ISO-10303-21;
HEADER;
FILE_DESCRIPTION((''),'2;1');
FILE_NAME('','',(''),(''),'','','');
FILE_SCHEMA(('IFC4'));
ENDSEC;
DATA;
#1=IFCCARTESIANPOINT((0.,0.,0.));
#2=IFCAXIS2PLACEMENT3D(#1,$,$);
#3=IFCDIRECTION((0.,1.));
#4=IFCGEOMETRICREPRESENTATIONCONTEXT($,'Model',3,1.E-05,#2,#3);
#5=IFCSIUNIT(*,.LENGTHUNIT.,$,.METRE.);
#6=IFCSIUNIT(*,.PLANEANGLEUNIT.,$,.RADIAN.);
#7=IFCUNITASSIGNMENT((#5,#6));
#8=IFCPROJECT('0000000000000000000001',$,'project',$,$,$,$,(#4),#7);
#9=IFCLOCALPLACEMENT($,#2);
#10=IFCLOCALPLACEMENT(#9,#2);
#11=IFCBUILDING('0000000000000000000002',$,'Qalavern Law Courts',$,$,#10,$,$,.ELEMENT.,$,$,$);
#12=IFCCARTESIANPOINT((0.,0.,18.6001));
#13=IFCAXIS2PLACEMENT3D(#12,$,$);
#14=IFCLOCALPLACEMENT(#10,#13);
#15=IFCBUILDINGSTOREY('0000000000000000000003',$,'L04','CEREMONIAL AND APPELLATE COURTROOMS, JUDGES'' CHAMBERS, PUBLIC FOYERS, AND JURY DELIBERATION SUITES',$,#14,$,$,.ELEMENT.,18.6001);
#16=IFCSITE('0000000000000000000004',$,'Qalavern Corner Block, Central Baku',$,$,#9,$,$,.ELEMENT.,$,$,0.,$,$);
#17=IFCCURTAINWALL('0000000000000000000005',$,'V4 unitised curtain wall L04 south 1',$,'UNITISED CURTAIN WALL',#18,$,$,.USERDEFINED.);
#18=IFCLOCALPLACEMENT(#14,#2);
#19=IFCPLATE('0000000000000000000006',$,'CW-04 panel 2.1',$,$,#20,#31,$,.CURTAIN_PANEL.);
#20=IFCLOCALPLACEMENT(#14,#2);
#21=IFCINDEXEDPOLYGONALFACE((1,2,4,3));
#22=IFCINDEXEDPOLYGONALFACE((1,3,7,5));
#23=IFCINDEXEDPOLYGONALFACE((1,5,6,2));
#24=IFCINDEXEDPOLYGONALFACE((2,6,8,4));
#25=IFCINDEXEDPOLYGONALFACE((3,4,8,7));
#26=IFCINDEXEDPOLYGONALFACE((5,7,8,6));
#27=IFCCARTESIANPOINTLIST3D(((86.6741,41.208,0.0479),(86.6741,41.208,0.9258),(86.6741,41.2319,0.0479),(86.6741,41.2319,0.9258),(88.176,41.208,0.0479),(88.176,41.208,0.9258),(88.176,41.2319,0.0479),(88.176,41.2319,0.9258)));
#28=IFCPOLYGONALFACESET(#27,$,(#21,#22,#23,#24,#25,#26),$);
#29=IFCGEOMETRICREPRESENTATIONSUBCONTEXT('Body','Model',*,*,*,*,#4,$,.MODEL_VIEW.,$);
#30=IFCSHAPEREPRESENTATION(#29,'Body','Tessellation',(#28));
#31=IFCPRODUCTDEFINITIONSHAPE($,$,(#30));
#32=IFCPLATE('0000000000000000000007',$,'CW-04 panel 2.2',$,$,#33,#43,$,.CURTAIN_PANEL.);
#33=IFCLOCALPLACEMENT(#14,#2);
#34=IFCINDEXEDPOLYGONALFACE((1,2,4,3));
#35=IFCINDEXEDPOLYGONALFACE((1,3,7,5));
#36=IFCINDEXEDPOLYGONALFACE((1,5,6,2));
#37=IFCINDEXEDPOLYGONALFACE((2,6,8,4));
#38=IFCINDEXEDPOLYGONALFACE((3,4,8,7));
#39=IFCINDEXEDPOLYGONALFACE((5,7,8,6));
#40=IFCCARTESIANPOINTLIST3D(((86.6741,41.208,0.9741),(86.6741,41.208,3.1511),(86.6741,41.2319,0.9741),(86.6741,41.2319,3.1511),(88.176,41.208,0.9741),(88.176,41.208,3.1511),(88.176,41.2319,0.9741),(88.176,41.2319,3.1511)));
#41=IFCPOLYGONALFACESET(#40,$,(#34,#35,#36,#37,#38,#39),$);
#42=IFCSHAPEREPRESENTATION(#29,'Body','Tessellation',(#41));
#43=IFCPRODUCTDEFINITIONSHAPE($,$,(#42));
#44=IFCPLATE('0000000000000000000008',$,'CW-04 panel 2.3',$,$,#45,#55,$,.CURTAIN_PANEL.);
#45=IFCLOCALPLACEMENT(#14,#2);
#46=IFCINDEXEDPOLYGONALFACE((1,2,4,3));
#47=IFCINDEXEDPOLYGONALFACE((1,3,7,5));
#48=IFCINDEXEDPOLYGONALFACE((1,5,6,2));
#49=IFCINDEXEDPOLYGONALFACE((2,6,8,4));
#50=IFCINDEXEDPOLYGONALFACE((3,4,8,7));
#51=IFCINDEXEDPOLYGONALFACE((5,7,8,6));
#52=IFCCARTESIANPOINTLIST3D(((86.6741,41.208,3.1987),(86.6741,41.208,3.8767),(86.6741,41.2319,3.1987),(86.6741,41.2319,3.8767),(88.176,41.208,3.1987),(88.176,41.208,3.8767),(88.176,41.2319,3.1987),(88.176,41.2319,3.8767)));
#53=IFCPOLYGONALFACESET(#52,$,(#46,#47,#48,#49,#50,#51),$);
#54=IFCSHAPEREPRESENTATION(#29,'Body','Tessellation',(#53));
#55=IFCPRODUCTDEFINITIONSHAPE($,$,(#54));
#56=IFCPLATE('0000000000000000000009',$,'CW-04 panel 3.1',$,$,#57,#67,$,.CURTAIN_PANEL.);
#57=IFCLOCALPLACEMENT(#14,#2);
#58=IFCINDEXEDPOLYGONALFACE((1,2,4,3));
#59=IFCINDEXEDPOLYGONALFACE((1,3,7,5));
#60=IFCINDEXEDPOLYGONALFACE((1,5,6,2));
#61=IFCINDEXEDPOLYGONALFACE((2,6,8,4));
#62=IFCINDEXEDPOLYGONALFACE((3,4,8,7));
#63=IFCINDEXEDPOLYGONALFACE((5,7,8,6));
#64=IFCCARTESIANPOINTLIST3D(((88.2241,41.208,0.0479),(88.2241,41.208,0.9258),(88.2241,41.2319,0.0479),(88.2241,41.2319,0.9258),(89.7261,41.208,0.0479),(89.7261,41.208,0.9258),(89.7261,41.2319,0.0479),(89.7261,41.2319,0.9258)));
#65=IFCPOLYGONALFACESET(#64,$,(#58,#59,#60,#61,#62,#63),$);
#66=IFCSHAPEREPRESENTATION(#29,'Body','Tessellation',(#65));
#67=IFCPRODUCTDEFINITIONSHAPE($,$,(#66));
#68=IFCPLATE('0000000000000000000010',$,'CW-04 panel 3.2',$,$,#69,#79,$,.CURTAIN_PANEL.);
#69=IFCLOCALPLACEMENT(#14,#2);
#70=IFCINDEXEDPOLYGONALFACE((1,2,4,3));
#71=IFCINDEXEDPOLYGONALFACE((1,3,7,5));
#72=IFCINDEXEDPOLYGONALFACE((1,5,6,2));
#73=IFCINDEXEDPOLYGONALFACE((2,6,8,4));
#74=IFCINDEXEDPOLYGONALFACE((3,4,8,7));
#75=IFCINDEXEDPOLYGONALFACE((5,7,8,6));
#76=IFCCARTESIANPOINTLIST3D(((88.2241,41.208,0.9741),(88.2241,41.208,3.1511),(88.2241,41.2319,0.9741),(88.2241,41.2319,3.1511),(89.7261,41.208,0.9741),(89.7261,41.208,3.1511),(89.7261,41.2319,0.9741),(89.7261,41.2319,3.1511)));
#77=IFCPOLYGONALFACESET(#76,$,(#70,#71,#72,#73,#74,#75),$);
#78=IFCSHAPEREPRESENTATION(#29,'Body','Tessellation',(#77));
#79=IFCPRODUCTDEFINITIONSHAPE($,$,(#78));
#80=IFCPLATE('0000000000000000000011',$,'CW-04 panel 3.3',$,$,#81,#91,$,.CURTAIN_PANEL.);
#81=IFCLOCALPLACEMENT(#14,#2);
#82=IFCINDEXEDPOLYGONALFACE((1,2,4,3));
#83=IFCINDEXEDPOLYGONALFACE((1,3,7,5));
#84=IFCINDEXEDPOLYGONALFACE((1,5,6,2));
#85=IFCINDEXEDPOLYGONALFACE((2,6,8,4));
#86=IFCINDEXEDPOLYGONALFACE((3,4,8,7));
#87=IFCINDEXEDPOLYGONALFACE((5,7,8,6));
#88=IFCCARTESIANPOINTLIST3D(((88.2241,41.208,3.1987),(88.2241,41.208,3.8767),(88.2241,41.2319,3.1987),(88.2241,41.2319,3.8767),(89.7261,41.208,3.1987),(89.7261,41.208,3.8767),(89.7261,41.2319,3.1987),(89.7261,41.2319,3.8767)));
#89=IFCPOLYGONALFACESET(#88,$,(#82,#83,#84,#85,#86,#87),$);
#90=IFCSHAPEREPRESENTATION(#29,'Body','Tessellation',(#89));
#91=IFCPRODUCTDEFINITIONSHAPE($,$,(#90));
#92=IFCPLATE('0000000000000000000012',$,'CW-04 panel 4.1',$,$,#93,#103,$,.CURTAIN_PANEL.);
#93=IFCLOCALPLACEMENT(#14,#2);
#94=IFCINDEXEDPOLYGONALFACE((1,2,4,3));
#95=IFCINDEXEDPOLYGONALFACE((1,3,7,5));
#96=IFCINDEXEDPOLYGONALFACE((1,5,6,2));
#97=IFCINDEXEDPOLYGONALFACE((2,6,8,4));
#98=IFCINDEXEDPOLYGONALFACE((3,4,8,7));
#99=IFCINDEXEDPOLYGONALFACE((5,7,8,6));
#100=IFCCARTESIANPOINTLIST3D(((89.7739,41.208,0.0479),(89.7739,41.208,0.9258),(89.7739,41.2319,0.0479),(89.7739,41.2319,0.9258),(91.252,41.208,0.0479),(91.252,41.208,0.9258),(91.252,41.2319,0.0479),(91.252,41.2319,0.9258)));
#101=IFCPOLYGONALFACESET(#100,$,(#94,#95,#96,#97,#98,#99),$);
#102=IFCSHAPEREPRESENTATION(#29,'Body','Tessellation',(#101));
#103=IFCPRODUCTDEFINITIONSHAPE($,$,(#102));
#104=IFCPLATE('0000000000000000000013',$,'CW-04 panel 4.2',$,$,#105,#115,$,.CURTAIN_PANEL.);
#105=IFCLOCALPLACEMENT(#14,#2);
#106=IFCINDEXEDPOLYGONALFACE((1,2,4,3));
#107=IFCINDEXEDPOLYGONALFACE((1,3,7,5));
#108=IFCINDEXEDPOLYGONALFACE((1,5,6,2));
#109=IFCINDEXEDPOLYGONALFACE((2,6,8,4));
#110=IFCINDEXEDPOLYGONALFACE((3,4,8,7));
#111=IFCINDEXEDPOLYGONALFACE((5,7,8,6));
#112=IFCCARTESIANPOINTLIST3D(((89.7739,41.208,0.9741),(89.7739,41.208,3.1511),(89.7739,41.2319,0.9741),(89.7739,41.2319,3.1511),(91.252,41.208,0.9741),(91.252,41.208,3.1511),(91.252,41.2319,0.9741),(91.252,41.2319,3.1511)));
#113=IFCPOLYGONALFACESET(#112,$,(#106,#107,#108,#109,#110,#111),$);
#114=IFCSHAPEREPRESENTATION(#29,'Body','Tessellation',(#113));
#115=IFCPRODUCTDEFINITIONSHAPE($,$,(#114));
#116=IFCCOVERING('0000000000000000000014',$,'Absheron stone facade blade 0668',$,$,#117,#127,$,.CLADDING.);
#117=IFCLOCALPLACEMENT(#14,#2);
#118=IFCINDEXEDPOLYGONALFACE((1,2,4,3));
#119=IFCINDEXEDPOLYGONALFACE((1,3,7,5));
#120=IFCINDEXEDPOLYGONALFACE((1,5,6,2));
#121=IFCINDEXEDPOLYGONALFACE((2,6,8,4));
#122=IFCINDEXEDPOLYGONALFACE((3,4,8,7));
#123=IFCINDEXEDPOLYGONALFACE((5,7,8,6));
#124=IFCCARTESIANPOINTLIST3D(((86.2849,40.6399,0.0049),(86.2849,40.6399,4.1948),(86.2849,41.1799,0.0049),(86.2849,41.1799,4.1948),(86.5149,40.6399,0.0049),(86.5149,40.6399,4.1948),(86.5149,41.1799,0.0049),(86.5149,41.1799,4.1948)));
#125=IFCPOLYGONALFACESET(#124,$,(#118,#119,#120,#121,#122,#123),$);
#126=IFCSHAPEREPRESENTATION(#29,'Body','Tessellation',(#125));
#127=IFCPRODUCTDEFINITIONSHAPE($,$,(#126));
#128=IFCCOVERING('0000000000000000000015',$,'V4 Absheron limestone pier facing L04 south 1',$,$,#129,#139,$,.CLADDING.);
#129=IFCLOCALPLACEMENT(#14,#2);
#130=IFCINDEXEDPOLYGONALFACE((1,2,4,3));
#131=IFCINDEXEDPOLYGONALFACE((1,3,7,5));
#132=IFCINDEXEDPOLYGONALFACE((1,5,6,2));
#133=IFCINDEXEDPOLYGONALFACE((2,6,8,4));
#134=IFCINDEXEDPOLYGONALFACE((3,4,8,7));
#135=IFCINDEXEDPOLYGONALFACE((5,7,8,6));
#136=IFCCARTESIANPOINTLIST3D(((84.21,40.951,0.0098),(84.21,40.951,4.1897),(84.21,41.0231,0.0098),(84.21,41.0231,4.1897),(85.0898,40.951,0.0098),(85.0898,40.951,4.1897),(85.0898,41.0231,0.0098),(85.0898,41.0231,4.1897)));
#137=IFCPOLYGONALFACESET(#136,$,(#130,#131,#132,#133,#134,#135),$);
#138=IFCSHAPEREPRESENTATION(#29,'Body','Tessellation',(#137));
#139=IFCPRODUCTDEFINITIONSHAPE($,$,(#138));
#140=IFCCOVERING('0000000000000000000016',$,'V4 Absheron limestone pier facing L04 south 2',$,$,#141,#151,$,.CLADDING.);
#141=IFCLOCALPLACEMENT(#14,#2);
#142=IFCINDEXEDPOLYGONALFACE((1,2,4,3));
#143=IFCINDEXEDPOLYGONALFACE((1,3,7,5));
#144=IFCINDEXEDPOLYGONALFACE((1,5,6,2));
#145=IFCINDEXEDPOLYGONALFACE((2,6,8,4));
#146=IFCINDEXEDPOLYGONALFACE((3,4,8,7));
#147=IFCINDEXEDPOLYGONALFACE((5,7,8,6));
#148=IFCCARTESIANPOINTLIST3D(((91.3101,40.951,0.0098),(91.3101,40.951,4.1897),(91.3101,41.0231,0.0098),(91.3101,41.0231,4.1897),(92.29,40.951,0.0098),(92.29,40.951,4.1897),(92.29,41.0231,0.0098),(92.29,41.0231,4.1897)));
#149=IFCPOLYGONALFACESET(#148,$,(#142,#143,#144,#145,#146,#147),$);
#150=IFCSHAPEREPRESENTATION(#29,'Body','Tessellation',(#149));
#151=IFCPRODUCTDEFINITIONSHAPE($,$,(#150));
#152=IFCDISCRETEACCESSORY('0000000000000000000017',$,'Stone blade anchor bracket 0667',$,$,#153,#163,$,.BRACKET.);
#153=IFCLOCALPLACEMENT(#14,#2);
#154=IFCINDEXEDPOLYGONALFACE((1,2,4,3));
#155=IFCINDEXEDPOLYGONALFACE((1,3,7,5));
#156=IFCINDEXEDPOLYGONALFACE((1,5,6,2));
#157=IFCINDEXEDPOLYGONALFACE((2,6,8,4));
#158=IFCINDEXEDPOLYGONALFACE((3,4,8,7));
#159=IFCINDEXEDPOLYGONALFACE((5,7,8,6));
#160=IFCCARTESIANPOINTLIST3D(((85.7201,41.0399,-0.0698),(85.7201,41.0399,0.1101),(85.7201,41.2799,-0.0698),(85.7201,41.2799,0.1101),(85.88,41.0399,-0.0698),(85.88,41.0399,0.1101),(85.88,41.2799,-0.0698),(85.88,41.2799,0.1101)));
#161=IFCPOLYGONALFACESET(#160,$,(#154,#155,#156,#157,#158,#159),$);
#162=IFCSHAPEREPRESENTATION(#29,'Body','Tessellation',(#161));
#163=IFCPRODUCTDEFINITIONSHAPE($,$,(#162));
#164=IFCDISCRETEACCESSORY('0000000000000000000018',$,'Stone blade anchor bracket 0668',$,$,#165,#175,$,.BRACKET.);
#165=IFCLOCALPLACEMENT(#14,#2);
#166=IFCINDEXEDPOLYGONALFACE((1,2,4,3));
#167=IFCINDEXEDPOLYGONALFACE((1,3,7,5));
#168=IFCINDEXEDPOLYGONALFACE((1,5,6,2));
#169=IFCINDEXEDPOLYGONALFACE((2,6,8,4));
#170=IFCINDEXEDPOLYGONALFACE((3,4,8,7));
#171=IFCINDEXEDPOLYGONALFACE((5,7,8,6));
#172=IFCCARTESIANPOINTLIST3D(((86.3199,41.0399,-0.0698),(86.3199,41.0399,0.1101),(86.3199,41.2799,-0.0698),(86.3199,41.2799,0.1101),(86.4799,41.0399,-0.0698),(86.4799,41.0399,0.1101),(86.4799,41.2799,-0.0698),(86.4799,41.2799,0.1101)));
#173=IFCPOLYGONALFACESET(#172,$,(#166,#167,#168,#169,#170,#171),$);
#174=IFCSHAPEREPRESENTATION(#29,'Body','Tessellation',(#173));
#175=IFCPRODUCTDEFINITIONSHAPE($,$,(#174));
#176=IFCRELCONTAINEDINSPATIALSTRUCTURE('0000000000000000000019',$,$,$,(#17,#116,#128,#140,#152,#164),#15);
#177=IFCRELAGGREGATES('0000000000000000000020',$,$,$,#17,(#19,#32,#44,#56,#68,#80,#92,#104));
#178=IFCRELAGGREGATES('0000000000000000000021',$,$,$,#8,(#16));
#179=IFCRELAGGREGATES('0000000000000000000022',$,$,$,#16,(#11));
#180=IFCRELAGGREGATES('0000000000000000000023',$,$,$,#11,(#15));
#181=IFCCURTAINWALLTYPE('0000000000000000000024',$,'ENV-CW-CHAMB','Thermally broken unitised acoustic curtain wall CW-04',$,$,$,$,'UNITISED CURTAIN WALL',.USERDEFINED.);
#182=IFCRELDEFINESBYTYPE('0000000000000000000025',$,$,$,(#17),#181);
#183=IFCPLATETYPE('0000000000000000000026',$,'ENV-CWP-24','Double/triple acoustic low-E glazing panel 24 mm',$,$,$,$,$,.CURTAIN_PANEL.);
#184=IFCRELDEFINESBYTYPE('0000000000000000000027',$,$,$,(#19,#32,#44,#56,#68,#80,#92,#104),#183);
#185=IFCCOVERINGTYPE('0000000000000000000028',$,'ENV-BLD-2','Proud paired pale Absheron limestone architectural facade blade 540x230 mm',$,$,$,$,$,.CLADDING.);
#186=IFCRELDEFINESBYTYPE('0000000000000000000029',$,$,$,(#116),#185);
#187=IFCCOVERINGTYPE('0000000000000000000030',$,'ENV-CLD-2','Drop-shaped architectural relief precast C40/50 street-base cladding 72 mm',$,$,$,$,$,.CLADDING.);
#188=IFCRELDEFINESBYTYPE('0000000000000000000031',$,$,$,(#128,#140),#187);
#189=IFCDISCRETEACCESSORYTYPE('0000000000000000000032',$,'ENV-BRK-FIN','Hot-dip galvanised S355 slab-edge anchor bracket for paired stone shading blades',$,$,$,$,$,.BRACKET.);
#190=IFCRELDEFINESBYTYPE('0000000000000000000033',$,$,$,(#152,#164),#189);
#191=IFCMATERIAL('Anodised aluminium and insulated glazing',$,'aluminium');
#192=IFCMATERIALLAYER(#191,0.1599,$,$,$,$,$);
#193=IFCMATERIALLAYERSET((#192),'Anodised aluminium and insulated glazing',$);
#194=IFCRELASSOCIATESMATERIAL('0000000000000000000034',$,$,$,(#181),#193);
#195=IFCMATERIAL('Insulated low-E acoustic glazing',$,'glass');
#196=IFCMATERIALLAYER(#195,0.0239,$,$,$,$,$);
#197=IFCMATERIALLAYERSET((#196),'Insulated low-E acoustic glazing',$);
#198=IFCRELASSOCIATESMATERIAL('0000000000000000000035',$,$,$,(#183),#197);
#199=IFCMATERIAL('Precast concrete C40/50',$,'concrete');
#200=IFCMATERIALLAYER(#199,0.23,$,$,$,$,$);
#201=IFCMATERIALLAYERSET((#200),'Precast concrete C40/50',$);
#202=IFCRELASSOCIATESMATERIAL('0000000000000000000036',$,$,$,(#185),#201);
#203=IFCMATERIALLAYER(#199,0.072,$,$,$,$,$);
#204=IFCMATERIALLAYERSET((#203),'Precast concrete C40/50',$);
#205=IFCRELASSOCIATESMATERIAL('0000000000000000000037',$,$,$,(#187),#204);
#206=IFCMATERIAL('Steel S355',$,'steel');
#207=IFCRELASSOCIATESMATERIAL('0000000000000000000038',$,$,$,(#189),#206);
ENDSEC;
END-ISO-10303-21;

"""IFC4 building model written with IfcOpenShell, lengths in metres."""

from ifc_helpers import new_model, si_unit, direction, frame, origin, origin_2d, place, context, subcontext, project, spatial, rectangle, extrude, material, layer, layer_set, type_object, element, aggregate, save


model = new_model("IFC4")

# Units and contexts
model_context = context("Model", 3, precision=1e-05, world=origin(), true_north=direction((0.0, 1.0)))
body_context = subcontext(model_context, "Body", "Model", "MODEL_VIEW")
ifc_project = project(units=[si_unit("LENGTHUNIT", "METRE"), si_unit("PLANEANGLEUNIT", "RADIAN")], contexts=[model_context])

# Site, building, storey
site_placement = place(None, origin())
site = spatial("IfcSite", under=ifc_project, at=site_placement, Name="Qalavern Corner Block, Central Baku", CompositionType="ELEMENT", RefElevation=0.0)
building_placement = place(site_placement, origin())
building = spatial("IfcBuilding", under=site, at=building_placement, Name="Qalavern Law Courts", CompositionType="ELEMENT")
storey_placement = place(building_placement, frame((0.0, 0.0, 18.6001)))
storey = spatial("IfcBuildingStorey", under=building, at=storey_placement, Name="L04", Description="CEREMONIAL AND APPELLATE COURTROOMS, JUDGES' CHAMBERS, PUBLIC FOYERS, AND JURY DELIBERATION SUITES", CompositionType="ELEMENT", Elevation=18.6001)

# Curtain wall, plates
ifc_material_1 = material(Name="Anodised aluminium and insulated glazing", Category="aluminium")
ifc_layer_1 = layer(ifc_material_1, 0.1599)
ifc_layer_set_1 = layer_set([ifc_layer_1], Name="Anodised aluminium and insulated glazing")
curtain_wall_type = type_object("IfcCurtainWallType", Name="ENV-CW-CHAMB", Description="Thermally broken unitised acoustic curtain wall CW-04", ElementType="UNITISED CURTAIN WALL", PredefinedType="USERDEFINED", material=ifc_layer_set_1)
curtain_wall_placement = place(storey_placement, origin())
curtain_wall = element("IfcCurtainWall", 1, at=curtain_wall_placement, inside=storey, type_object=curtain_wall_type, Name="V4 unitised curtain wall L04 south 1", ObjectType="UNITISED CURTAIN WALL", PredefinedType="USERDEFINED")
ifc_material_2 = material(Name="Insulated low-E acoustic glazing", Category="glass")
ifc_layer_2 = layer(ifc_material_2, 0.0239)
ifc_layer_set_2 = layer_set([ifc_layer_2], Name="Insulated low-E acoustic glazing")
plate_type = type_object("IfcPlateType", Name="ENV-CWP-24", Description="Double/triple acoustic low-E glazing panel 24 mm", PredefinedType="CURTAIN_PANEL", material=ifc_layer_set_2)
plate_1_placement = place(storey_placement, frame((87.425, 41.22, 0.0479), z_axis=(0.0, 0.0, 1.0), x_axis=(1.0, 0.0, 0.0)))
plate_1 = element("IfcPlate", 2, at=plate_1_placement, type_object=plate_type, Name="CW-04 panel 2.1", PredefinedType="CURTAIN_PANEL", context=body_context, shape_type="SweptSolid", body=[
    extrude(rectangle(XDim=1.502, YDim=0.0239, at=origin_2d()), origin(), (0.0, 0.0, 1.0), 0.8779),
])
plate_2_placement = place(storey_placement, frame((87.425, 41.22, 0.9741), z_axis=(0.0, 0.0, 1.0), x_axis=(1.0, 0.0, 0.0)))
plate_2 = element("IfcPlate", 3, at=plate_2_placement, type_object=plate_type, Name="CW-04 panel 2.2", PredefinedType="CURTAIN_PANEL", context=body_context, shape_type="SweptSolid", body=[
    extrude(rectangle(XDim=1.502, YDim=0.0239, at=origin_2d()), origin(), (0.0, 0.0, 1.0), 2.177),
])
plate_3_placement = place(storey_placement, frame((87.425, 41.22, 3.1987), z_axis=(0.0, 0.0, 1.0), x_axis=(1.0, 0.0, 0.0)))
plate_3 = element("IfcPlate", 4, at=plate_3_placement, type_object=plate_type, Name="CW-04 panel 2.3", PredefinedType="CURTAIN_PANEL", context=body_context, shape_type="SweptSolid", body=[
    extrude(rectangle(XDim=1.502, YDim=0.0239, at=origin_2d()), origin(), (0.0, 0.0, 1.0), 0.678),
])
plate_4_placement = place(storey_placement, frame((88.9751, 41.22, 0.0479), z_axis=(0.0, 0.0, 1.0), x_axis=(1.0, 0.0, 0.0)))
plate_4 = element("IfcPlate", 5, at=plate_4_placement, type_object=plate_type, Name="CW-04 panel 3.1", PredefinedType="CURTAIN_PANEL", context=body_context, shape_type="SweptSolid", body=[
    extrude(rectangle(XDim=1.502, YDim=0.0239, at=origin_2d()), origin(), (0.0, 0.0, 1.0), 0.8779),
])
plate_5_placement = place(storey_placement, frame((88.9751, 41.22, 0.9741), z_axis=(0.0, 0.0, 1.0), x_axis=(1.0, 0.0, 0.0)))
plate_5 = element("IfcPlate", 6, at=plate_5_placement, type_object=plate_type, Name="CW-04 panel 3.2", PredefinedType="CURTAIN_PANEL", context=body_context, shape_type="SweptSolid", body=[
    extrude(rectangle(XDim=1.502, YDim=0.0239, at=origin_2d()), origin(), (0.0, 0.0, 1.0), 2.177),
])
plate_6_placement = place(storey_placement, frame((88.9751, 41.22, 3.1987), z_axis=(0.0, 0.0, 1.0), x_axis=(1.0, 0.0, 0.0)))
plate_6 = element("IfcPlate", 7, at=plate_6_placement, type_object=plate_type, Name="CW-04 panel 3.3", PredefinedType="CURTAIN_PANEL", context=body_context, shape_type="SweptSolid", body=[
    extrude(rectangle(XDim=1.502, YDim=0.0239, at=origin_2d()), origin(), (0.0, 0.0, 1.0), 0.678),
])
plate_7_placement = place(storey_placement, frame((90.5129, 41.22, 0.0479), z_axis=(0.0, 0.0, 1.0), x_axis=(1.0, 0.0, 0.0)))
plate_7 = element("IfcPlate", 8, at=plate_7_placement, type_object=plate_type, Name="CW-04 panel 4.1", PredefinedType="CURTAIN_PANEL", context=body_context, shape_type="SweptSolid", body=[
    extrude(rectangle(XDim=1.478, YDim=0.0239, at=origin_2d()), origin(), (0.0, 0.0, 1.0), 0.8779),
])
plate_8_placement = place(storey_placement, frame((90.5129, 41.22, 0.9741), z_axis=(0.0, 0.0, 1.0), x_axis=(1.0, 0.0, 0.0)))
plate_8 = element("IfcPlate", 9, at=plate_8_placement, type_object=plate_type, Name="CW-04 panel 4.2", PredefinedType="CURTAIN_PANEL", context=body_context, shape_type="SweptSolid", body=[
    extrude(rectangle(XDim=1.478, YDim=0.0239, at=origin_2d()), origin(), (0.0, 0.0, 1.0), 2.177),
])
aggregate(curtain_wall, [plate_1, plate_2, plate_3, plate_4, plate_5, plate_6, plate_7, plate_8])

# Coverings
ifc_material_3 = material(Name="Precast concrete C40/50", Category="concrete")
ifc_layer_3 = layer(ifc_material_3, 0.23)
ifc_layer_set_3 = layer_set([ifc_layer_3], Name="Precast concrete C40/50")
covering_type_1 = type_object("IfcCoveringType", Name="ENV-BLD-2", Description="Proud paired pale Absheron limestone architectural facade blade 540x230 mm", PredefinedType="CLADDING", material=ifc_layer_set_3)
covering_1_placement = place(storey_placement, frame((86.3999, 40.9099, 0.0049), z_axis=(0.0, 0.0, 1.0), x_axis=(0.0, -1.0, 0.0)))
element("IfcCovering", 10, at=covering_1_placement, inside=storey, type_object=covering_type_1, Name="Absheron stone facade blade 0668", PredefinedType="CLADDING", context=body_context, shape_type="SweptSolid", body=[
    extrude(rectangle(XDim=0.54, YDim=0.23, at=origin_2d()), origin(), (0.0, 0.0, 1.0), 4.1899),
])
ifc_layer_4 = layer(ifc_material_3, 0.072)
ifc_layer_set_4 = layer_set([ifc_layer_4], Name="Precast concrete C40/50")
covering_type_2 = type_object("IfcCoveringType", Name="ENV-CLD-2", Description="Drop-shaped architectural relief precast C40/50 street-base cladding 72 mm", PredefinedType="CLADDING", material=ifc_layer_set_4)
covering_2_placement = place(storey_placement, frame((84.6499, 40.9871, 0.0098), z_axis=(0.0, 0.0, 1.0), x_axis=(1.0, 0.0, 0.0)))
element("IfcCovering", 11, at=covering_2_placement, inside=storey, type_object=covering_type_2, Name="V4 Absheron limestone pier facing L04 south 1", PredefinedType="CLADDING", context=body_context, shape_type="SweptSolid", body=[
    extrude(rectangle(XDim=0.8799, YDim=0.072, at=origin_2d()), origin(), (0.0, 0.0, 1.0), 4.1799),
])
covering_3_placement = place(storey_placement, frame((91.8, 40.9871, 0.0098), z_axis=(0.0, 0.0, 1.0), x_axis=(1.0, 0.0, 0.0)))
element("IfcCovering", 12, at=covering_3_placement, inside=storey, type_object=covering_type_2, Name="V4 Absheron limestone pier facing L04 south 2", PredefinedType="CLADDING", context=body_context, shape_type="SweptSolid", body=[
    extrude(rectangle(XDim=0.98, YDim=0.072, at=origin_2d()), origin(), (0.0, 0.0, 1.0), 4.1799),
])

# Discrete accessories
ifc_material_4 = material(Name="Steel S355", Category="steel")
discrete_accessory_type = type_object("IfcDiscreteAccessoryType", Name="ENV-BRK-FIN", Description="Hot-dip galvanised S355 slab-edge anchor bracket for paired stone shading blades", PredefinedType="BRACKET", material=ifc_material_4)
for number, where, z_axis, x_axis, name in (
    (13, (85.8, 41.1599, -0.0698), (0.0, 0.0, 1.0), (0.0, -1.0, 0.0), "Stone blade anchor bracket 0667"),
    (14, (86.3999, 41.1599, -0.0698), (0.0, 0.0, 1.0), (0.0, -1.0, 0.0), "Stone blade anchor bracket 0668"),
):
    element("IfcDiscreteAccessory", number, at=place(storey_placement, frame(where, z_axis=z_axis, x_axis=x_axis)), inside=storey, type_object=discrete_accessory_type, Name=name, PredefinedType="BRACKET", context=body_context, shape_type="SweptSolid", body=[
        extrude(rectangle(XDim=0.24, YDim=0.1599, at=origin_2d()), origin(), (0.0, 0.0, 1.0), 0.1799),
    ])

save(model, "model.ifc")
